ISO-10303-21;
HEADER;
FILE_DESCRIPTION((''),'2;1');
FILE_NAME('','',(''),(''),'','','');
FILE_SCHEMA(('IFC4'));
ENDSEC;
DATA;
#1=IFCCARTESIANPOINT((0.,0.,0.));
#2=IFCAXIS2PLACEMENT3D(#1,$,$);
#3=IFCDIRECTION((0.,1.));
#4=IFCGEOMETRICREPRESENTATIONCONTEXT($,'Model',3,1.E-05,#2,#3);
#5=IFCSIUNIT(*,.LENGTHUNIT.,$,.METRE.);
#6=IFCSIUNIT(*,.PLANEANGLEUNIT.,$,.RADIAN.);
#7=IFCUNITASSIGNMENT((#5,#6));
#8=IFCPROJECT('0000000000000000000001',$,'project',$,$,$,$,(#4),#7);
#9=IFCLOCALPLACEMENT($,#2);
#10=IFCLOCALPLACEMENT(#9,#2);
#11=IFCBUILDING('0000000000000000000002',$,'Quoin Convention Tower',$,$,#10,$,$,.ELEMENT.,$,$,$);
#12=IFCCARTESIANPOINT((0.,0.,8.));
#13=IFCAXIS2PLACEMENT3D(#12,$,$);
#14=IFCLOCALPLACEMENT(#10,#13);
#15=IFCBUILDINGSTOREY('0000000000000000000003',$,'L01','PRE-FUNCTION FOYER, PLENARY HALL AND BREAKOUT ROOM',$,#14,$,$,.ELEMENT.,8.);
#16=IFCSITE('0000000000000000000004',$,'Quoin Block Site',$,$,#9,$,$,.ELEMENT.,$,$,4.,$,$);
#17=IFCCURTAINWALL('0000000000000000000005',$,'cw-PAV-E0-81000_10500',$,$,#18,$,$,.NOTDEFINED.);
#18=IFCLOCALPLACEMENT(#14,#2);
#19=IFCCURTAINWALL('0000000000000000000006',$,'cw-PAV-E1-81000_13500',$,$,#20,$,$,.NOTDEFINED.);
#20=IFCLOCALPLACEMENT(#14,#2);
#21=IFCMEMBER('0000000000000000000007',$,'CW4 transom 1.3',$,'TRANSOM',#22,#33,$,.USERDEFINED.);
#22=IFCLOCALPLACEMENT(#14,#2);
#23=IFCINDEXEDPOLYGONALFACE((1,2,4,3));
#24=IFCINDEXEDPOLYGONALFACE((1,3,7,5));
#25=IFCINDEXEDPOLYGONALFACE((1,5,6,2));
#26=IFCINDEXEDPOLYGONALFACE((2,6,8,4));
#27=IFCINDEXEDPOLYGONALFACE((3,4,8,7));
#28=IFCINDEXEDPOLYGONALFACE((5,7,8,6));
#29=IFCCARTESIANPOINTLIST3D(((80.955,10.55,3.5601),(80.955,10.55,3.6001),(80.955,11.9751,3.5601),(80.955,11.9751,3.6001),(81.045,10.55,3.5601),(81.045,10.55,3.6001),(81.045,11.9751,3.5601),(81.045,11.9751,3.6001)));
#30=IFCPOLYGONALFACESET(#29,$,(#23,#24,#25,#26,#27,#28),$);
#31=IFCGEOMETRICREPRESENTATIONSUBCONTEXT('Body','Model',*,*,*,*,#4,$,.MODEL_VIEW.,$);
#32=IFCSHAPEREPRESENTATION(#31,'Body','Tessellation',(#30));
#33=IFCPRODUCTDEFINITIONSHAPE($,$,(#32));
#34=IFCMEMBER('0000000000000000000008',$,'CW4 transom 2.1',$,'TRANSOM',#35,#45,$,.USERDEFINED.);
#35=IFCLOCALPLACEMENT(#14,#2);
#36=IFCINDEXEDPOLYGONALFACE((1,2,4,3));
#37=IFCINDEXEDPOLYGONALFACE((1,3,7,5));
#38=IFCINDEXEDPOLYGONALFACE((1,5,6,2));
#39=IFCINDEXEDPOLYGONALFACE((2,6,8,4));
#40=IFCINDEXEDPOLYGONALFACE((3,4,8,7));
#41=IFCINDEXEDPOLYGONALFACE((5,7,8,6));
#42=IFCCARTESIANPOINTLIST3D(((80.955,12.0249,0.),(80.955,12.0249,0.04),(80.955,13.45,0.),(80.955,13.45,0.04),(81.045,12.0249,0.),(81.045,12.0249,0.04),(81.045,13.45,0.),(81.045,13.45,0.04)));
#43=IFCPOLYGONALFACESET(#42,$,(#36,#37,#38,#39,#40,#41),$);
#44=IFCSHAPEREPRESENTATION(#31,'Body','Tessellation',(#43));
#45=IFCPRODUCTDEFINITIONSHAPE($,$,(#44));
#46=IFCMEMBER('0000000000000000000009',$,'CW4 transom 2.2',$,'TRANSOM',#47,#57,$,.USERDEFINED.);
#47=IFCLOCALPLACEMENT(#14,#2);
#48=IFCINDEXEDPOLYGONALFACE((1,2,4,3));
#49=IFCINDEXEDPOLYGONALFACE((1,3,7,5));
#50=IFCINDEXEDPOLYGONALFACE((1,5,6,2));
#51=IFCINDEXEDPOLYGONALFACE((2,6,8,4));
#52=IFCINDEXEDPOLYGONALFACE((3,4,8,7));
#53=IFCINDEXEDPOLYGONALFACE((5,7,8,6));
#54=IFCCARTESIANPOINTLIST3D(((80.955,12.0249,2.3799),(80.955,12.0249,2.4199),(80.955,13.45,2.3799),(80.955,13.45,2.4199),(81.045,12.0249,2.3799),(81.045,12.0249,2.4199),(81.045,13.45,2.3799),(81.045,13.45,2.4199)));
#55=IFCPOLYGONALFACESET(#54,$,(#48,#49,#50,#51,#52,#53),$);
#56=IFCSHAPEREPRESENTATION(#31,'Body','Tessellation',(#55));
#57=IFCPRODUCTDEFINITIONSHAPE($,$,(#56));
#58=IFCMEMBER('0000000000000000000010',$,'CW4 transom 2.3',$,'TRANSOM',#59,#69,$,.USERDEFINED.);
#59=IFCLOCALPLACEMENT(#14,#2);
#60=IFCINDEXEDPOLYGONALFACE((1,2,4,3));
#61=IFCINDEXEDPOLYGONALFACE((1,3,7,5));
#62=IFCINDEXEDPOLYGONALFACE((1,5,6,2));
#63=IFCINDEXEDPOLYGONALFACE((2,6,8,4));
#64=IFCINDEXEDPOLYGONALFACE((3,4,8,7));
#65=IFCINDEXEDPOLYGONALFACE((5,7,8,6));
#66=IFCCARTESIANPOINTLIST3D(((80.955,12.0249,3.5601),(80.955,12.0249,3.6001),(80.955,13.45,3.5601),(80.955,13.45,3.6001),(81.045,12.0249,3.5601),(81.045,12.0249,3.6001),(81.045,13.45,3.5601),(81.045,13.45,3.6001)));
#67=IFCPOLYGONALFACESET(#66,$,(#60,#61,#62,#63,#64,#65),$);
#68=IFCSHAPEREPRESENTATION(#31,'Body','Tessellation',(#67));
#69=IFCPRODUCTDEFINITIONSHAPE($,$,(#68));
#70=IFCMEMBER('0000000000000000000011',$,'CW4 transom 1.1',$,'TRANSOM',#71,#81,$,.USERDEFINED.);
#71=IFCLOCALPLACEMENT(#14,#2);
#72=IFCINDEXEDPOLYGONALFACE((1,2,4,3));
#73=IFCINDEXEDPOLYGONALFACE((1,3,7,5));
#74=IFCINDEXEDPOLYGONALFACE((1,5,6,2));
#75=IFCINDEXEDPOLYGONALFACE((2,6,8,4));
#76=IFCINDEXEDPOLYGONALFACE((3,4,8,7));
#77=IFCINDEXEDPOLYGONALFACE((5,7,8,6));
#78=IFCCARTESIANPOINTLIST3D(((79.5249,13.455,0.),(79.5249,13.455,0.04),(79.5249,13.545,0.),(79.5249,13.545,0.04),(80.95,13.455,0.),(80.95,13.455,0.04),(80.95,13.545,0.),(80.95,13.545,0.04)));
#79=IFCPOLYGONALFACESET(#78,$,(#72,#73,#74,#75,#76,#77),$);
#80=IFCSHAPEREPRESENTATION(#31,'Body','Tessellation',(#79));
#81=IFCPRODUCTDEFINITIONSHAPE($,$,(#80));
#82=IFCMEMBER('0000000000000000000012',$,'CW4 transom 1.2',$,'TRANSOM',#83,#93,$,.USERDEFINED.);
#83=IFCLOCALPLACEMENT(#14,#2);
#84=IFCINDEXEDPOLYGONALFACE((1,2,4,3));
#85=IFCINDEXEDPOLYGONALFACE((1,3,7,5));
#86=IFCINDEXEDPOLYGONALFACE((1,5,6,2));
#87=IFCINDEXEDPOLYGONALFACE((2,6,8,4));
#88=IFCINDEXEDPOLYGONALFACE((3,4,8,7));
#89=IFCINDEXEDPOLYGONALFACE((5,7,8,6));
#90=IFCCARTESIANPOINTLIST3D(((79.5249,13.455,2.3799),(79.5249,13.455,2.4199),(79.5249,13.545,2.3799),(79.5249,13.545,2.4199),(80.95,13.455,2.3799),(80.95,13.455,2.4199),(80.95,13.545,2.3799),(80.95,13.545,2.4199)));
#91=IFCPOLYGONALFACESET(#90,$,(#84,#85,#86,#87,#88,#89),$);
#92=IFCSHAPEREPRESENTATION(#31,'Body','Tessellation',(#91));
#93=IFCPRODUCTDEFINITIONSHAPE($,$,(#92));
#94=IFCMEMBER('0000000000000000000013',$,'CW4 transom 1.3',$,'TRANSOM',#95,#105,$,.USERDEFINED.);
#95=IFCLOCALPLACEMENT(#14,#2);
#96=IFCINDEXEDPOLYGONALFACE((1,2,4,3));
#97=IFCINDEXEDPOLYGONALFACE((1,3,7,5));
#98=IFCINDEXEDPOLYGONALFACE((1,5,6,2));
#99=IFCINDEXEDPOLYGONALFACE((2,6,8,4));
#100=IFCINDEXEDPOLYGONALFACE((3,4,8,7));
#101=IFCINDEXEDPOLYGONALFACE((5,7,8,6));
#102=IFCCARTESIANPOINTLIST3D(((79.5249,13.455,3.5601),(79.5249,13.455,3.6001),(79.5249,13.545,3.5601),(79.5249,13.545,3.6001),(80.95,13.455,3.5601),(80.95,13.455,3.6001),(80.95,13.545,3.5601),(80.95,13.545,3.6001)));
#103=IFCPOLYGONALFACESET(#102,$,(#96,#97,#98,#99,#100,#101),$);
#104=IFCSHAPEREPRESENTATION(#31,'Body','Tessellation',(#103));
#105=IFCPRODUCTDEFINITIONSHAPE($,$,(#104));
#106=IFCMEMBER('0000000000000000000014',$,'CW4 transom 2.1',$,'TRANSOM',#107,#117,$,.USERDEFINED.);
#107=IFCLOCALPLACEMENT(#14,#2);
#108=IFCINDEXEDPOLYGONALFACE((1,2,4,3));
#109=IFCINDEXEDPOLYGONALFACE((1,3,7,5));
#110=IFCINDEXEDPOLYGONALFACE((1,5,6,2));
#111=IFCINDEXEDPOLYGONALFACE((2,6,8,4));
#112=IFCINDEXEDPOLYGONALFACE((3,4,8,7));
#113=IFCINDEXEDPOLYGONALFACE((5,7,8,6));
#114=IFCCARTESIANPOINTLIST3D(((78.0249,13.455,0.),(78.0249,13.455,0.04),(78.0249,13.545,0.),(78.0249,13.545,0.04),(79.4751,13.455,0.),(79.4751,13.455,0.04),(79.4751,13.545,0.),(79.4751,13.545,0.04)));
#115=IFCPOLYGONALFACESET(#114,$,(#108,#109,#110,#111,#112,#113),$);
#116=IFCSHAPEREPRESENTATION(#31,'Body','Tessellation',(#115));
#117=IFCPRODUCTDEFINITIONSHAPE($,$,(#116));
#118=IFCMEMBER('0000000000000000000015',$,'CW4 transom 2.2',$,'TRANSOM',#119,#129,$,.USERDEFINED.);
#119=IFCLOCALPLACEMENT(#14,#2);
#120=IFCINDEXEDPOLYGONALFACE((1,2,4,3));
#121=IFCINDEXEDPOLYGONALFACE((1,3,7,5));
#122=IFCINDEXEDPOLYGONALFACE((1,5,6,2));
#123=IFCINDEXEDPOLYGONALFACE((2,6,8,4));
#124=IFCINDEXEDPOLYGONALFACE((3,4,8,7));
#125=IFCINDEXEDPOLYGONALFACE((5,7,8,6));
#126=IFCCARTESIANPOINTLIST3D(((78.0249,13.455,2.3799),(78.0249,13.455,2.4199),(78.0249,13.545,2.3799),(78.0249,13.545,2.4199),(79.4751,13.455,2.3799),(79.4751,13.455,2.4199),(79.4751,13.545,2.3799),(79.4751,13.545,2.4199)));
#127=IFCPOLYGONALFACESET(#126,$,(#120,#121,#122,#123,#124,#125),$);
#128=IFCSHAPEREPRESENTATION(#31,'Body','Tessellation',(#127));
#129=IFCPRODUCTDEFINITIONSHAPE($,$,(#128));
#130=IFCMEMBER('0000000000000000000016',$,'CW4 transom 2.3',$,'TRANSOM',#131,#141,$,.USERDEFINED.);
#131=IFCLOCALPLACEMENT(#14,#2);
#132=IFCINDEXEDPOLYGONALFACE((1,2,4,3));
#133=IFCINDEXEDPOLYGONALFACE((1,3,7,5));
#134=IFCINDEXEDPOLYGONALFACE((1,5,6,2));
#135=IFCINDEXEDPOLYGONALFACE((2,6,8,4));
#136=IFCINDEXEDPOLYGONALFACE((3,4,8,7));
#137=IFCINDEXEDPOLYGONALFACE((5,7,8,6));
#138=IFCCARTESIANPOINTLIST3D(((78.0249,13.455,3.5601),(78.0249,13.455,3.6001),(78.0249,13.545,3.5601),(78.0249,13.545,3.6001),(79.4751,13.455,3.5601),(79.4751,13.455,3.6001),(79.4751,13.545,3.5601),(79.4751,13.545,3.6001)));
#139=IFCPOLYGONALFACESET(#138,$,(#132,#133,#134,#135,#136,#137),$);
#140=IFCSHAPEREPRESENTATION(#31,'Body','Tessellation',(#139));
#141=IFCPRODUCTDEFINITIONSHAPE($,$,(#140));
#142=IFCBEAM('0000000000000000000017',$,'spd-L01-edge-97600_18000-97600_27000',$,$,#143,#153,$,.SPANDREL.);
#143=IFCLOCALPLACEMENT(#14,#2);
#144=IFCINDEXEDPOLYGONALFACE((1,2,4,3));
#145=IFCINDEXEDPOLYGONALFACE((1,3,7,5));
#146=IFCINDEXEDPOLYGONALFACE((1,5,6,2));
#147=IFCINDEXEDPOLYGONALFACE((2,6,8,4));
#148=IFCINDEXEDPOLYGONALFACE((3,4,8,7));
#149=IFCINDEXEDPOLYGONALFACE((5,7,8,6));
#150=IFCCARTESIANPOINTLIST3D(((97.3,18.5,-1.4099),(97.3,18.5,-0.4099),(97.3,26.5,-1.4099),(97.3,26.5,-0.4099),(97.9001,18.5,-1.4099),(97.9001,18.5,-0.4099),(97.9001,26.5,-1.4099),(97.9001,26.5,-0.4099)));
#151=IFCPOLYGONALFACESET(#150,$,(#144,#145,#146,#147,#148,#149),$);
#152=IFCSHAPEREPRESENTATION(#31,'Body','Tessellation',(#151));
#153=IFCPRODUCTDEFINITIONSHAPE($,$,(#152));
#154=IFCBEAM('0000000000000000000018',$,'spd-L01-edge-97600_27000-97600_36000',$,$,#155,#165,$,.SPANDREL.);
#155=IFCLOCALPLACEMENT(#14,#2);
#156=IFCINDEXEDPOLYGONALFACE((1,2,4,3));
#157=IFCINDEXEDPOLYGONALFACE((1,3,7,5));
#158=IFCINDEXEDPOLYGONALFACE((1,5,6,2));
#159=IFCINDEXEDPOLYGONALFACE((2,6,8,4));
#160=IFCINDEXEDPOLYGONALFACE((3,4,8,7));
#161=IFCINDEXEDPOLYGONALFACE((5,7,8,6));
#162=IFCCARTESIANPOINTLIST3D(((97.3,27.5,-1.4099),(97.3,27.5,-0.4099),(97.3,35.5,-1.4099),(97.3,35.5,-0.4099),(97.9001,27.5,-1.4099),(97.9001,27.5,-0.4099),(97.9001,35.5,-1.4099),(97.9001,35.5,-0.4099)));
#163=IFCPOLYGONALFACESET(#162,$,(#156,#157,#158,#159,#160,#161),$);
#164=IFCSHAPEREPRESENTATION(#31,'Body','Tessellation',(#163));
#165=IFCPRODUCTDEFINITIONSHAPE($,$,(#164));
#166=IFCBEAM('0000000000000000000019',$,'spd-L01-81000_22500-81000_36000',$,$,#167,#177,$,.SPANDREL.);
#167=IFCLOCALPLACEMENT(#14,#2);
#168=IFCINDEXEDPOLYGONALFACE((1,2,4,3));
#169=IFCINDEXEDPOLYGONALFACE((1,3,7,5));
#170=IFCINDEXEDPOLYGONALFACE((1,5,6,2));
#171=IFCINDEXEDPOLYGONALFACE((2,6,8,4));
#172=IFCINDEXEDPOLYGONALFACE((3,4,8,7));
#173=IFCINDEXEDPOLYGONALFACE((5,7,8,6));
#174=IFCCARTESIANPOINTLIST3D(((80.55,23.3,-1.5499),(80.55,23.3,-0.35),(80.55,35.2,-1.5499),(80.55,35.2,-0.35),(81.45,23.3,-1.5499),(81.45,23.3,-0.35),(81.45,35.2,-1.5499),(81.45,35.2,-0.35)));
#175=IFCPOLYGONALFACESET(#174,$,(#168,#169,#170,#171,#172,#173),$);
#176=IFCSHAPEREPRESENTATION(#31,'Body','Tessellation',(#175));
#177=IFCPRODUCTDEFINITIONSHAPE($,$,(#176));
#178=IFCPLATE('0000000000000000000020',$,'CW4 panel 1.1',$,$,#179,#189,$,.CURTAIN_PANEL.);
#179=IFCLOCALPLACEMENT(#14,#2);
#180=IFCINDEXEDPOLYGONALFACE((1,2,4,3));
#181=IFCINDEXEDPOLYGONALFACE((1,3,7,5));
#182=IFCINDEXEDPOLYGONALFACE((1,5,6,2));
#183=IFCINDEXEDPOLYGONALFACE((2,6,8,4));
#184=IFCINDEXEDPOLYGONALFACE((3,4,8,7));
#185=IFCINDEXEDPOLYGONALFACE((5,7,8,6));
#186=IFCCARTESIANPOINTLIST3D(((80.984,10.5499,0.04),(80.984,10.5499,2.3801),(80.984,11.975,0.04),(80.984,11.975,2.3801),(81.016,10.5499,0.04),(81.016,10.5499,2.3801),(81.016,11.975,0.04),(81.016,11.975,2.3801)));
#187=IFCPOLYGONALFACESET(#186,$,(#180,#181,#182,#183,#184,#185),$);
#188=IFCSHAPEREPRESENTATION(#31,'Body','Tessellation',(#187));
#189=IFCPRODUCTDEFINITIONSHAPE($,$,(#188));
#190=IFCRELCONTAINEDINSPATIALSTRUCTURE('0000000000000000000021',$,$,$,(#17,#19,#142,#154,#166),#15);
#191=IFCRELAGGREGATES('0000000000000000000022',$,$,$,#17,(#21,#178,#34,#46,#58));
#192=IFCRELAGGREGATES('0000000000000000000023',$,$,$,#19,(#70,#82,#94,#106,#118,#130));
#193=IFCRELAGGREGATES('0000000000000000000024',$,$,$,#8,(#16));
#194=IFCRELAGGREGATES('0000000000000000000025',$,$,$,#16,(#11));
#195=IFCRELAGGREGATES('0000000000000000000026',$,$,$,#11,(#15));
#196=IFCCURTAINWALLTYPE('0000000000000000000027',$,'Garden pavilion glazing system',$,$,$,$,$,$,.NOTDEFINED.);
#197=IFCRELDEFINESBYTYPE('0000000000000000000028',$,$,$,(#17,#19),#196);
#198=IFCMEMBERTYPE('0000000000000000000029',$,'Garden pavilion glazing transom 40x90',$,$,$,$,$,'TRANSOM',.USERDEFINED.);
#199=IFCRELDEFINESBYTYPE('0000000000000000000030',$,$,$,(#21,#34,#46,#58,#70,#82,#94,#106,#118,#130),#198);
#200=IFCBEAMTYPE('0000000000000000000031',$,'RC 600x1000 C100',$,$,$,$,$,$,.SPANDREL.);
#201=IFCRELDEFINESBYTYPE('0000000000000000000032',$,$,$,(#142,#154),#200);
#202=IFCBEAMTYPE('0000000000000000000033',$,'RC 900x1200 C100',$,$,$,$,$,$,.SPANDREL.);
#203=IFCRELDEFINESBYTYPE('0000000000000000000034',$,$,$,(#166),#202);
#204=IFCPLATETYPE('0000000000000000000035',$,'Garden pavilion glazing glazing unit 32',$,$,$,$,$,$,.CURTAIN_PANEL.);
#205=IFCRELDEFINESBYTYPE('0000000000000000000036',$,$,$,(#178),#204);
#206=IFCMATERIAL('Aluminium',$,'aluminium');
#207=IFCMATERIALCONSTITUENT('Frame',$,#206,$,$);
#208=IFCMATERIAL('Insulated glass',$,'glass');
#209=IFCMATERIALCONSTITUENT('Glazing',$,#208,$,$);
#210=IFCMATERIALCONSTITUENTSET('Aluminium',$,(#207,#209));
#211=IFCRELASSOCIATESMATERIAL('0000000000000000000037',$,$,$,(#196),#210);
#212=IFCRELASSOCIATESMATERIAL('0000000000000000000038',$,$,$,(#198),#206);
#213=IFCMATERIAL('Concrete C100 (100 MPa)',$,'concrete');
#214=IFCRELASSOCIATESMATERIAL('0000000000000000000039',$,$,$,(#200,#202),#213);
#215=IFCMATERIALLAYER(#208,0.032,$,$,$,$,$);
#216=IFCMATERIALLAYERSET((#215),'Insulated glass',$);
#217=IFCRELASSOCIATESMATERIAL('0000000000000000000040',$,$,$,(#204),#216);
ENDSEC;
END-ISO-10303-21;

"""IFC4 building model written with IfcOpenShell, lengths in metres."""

from ifc_helpers import new_model, si_unit, direction, frame, origin, origin_2d, place, context, subcontext, project, spatial, rectangle, extrude, material, layer, layer_set, constituent, constituent_set, material_profile, profile_set, type_object, element, aggregate, save


model = new_model("IFC4")

# Units and contexts
model_context = context("Model", 3, precision=1e-05, world=origin(), true_north=direction((0.0, 1.0)))
body_context = subcontext(model_context, "Body", "Model", "MODEL_VIEW")
ifc_project = project(units=[si_unit("LENGTHUNIT", "METRE"), si_unit("PLANEANGLEUNIT", "RADIAN")], contexts=[model_context])

# Site, building, storey
site_placement = place(None, origin())
site = spatial("IfcSite", under=ifc_project, at=site_placement, Name="Quoin Block Site", CompositionType="ELEMENT", RefElevation=4.0)
building_placement = place(site_placement, origin())
building = spatial("IfcBuilding", under=site, at=building_placement, Name="Quoin Convention Tower", CompositionType="ELEMENT")
storey_placement = place(building_placement, frame((0.0, 0.0, 8.0)))
storey = spatial("IfcBuildingStorey", under=building, at=storey_placement, Name="L01", Description="PRE-FUNCTION FOYER, PLENARY HALL AND BREAKOUT ROOM", CompositionType="ELEMENT", Elevation=8.0)

# Shared definitions
ifc_material_1 = material(Name="Concrete C100 (100 MPa)", Category="concrete")

# Curtain walls
ifc_material_2 = material(Name="Aluminium", Category="aluminium")
ifc_constituent_1 = constituent(ifc_material_2, Name="Frame")
ifc_material_3 = material(Name="Insulated glass", Category="glass")
ifc_constituent_2 = constituent(ifc_material_3, Name="Glazing")
ifc_constituent_set_1 = constituent_set(constituents=[ifc_constituent_1, ifc_constituent_2], Name="Aluminium")
curtain_wall_type = type_object("IfcCurtainWallType", Name="Garden pavilion glazing system", PredefinedType="NOTDEFINED", material=ifc_constituent_set_1)
curtain_wall_1_placement = place(storey_placement, origin())
curtain_wall_1 = element("IfcCurtainWall", 1, at=curtain_wall_1_placement, inside=storey, type_object=curtain_wall_type, Name="cw-PAV-E0-81000_10500", PredefinedType="NOTDEFINED")
curtain_wall_2_placement = place(storey_placement, origin())
curtain_wall_2 = element("IfcCurtainWall", 2, at=curtain_wall_2_placement, inside=storey, type_object=curtain_wall_type, Name="cw-PAV-E1-81000_13500", PredefinedType="NOTDEFINED")

# Members
ifc_material_profile_1 = material_profile(ifc_material_2, rectangle(XDim=0.0901, YDim=0.04, at=origin_2d()), Name="Garden pavilion glazing transom 40x90")
ifc_profile_set_1 = profile_set([ifc_material_profile_1], Name="Aluminium")
member_type_1 = type_object("IfcMemberType", Name="Garden pavilion glazing transom 40x90", ElementType="TRANSOM", PredefinedType="USERDEFINED", material=ifc_profile_set_1)
member_1_placement = place(storey_placement, frame((81.0, 10.55, 3.5801), z_axis=(0.0, 1.0, 0.0), x_axis=(-1.0, 0.0, 0.0)))
member_1 = element("IfcMember", 3, at=member_1_placement, type_object=member_type_1, Name="CW4 transom 1.3", ObjectType="TRANSOM", PredefinedType="USERDEFINED", context=body_context, shape_type="SweptSolid", body=[
    extrude(rectangle(XDim=0.0901, YDim=0.04, at=origin_2d()), origin(), (0.0, 0.0, 1.0), 1.425),
])
member_2_placement = place(storey_placement, frame((81.0, 12.0249, 0.02), z_axis=(0.0, 1.0, 0.0), x_axis=(-1.0, 0.0, 0.0)))
member_2 = element("IfcMember", 4, at=member_2_placement, type_object=member_type_1, Name="CW4 transom 2.1", ObjectType="TRANSOM", PredefinedType="USERDEFINED", context=body_context, shape_type="SweptSolid", body=[
    extrude(rectangle(XDim=0.0901, YDim=0.04, at=origin_2d()), origin(), (0.0, 0.0, 1.0), 1.425),
])
member_3_placement = place(storey_placement, frame((81.0, 12.0249, 2.3999), z_axis=(0.0, 1.0, 0.0), x_axis=(-1.0, 0.0, 0.0)))
member_3 = element("IfcMember", 5, at=member_3_placement, type_object=member_type_1, Name="CW4 transom 2.2", ObjectType="TRANSOM", PredefinedType="USERDEFINED", context=body_context, shape_type="SweptSolid", body=[
    extrude(rectangle(XDim=0.0901, YDim=0.04, at=origin_2d()), origin(), (0.0, 0.0, 1.0), 1.425),
])
member_4_placement = place(storey_placement, frame((81.0, 12.0249, 3.5801), z_axis=(0.0, 1.0, 0.0), x_axis=(-1.0, 0.0, 0.0)))
member_4 = element("IfcMember", 6, at=member_4_placement, type_object=member_type_1, Name="CW4 transom 2.3", ObjectType="TRANSOM", PredefinedType="USERDEFINED", context=body_context, shape_type="SweptSolid", body=[
    extrude(rectangle(XDim=0.0901, YDim=0.04, at=origin_2d()), origin(), (0.0, 0.0, 1.0), 1.425),
])
member_5_placement = place(storey_placement, frame((80.95, 13.5, 0.02), z_axis=(-1.0, 0.0, 0.0), x_axis=(0.0, -1.0, 0.0)))
member_5 = element("IfcMember", 7, at=member_5_placement, type_object=member_type_1, Name="CW4 transom 1.1", ObjectType="TRANSOM", PredefinedType="USERDEFINED", context=body_context, shape_type="SweptSolid", body=[
    extrude(rectangle(XDim=0.0901, YDim=0.04, at=origin_2d()), origin(), (0.0, 0.0, 1.0), 1.425),
])
member_6_placement = place(storey_placement, frame((80.95, 13.5, 2.3999), z_axis=(-1.0, 0.0, 0.0), x_axis=(0.0, -1.0, 0.0)))
member_6 = element("IfcMember", 8, at=member_6_placement, type_object=member_type_1, Name="CW4 transom 1.2", ObjectType="TRANSOM", PredefinedType="USERDEFINED", context=body_context, shape_type="SweptSolid", body=[
    extrude(rectangle(XDim=0.0901, YDim=0.04, at=origin_2d()), origin(), (0.0, 0.0, 1.0), 1.425),
])
member_7_placement = place(storey_placement, frame((80.95, 13.5, 3.5801), z_axis=(-1.0, 0.0, 0.0), x_axis=(0.0, -1.0, 0.0)))
member_7 = element("IfcMember", 9, at=member_7_placement, type_object=member_type_1, Name="CW4 transom 1.3", ObjectType="TRANSOM", PredefinedType="USERDEFINED", context=body_context, shape_type="SweptSolid", body=[
    extrude(rectangle(XDim=0.0901, YDim=0.04, at=origin_2d()), origin(), (0.0, 0.0, 1.0), 1.425),
])
member_8_placement = place(storey_placement, frame((79.4751, 13.5, 0.02), z_axis=(-1.0, 0.0, 0.0), x_axis=(0.0, -1.0, 0.0)))
member_8 = element("IfcMember", 10, at=member_8_placement, type_object=member_type_1, Name="CW4 transom 2.1", ObjectType="TRANSOM", PredefinedType="USERDEFINED", context=body_context, shape_type="SweptSolid", body=[
    extrude(rectangle(XDim=0.0901, YDim=0.04, at=origin_2d()), origin(), (0.0, 0.0, 1.0), 1.4502),
])
member_9_placement = place(storey_placement, frame((79.4751, 13.5, 2.3999), z_axis=(-1.0, 0.0, 0.0), x_axis=(0.0, -1.0, 0.0)))
member_9 = element("IfcMember", 11, at=member_9_placement, type_object=member_type_1, Name="CW4 transom 2.2", ObjectType="TRANSOM", PredefinedType="USERDEFINED", context=body_context, shape_type="SweptSolid", body=[
    extrude(rectangle(XDim=0.0901, YDim=0.04, at=origin_2d()), origin(), (0.0, 0.0, 1.0), 1.4502),
])
member_10_placement = place(storey_placement, frame((79.4751, 13.5, 3.5801), z_axis=(-1.0, 0.0, 0.0), x_axis=(0.0, -1.0, 0.0)))
member_10 = element("IfcMember", 12, at=member_10_placement, type_object=member_type_1, Name="CW4 transom 2.3", ObjectType="TRANSOM", PredefinedType="USERDEFINED", context=body_context, shape_type="SweptSolid", body=[
    extrude(rectangle(XDim=0.0901, YDim=0.04, at=origin_2d()), origin(), (0.0, 0.0, 1.0), 1.4502),
])

# Beams
ifc_material_profile_2 = material_profile(ifc_material_1, rectangle(XDim=0.6001, YDim=1.0, at=origin_2d()), Name="RC 600x1000")
ifc_profile_set_2 = profile_set([ifc_material_profile_2], Name="Concrete C100 (100 MPa)")
beam_type_1 = type_object("IfcBeamType", Name="RC 600x1000 C100", PredefinedType="SPANDREL", material=ifc_profile_set_2)
for number, where, z_axis, x_axis, name in (
    (13, (97.6001, 18.5, -0.9099), (0.0, 1.0, 0.0), (-1.0, 0.0, 0.0), "spd-L01-edge-97600_18000-97600_27000"),
    (14, (97.6001, 27.5, -0.9099), (0.0, 1.0, 0.0), (-1.0, 0.0, 0.0), "spd-L01-edge-97600_27000-97600_36000"),
):
    element("IfcBeam", number, at=place(storey_placement, frame(where, z_axis=z_axis, x_axis=x_axis)), inside=storey, type_object=beam_type_1, Name=name, PredefinedType="SPANDREL", context=body_context, shape_type="SweptSolid", body=[
        extrude(rectangle(XDim=0.6001, YDim=1.0, at=origin_2d()), origin(), (0.0, 0.0, 1.0), 8.0),
    ])
ifc_material_profile_3 = material_profile(ifc_material_1, rectangle(XDim=0.8999, YDim=1.2, at=origin_2d()), Name="RC 900x1200")
ifc_profile_set_3 = profile_set([ifc_material_profile_3], Name="Concrete C100 (100 MPa)")
beam_type_2 = type_object("IfcBeamType", Name="RC 900x1200 C100", PredefinedType="SPANDREL", material=ifc_profile_set_3)
beam_1_placement = place(storey_placement, frame((81.0, 23.3, -0.95), z_axis=(0.0, 1.0, 0.0), x_axis=(-1.0, 0.0, 0.0)))
element("IfcBeam", 15, at=beam_1_placement, inside=storey, type_object=beam_type_2, Name="spd-L01-81000_22500-81000_36000", PredefinedType="SPANDREL", context=body_context, shape_type="SweptSolid", body=[
    extrude(rectangle(XDim=0.8999, YDim=1.2, at=origin_2d()), origin(), (0.0, 0.0, 1.0), 11.8999),
])

# Plate
ifc_layer_1 = layer(ifc_material_3, 0.032)
ifc_layer_set_1 = layer_set([ifc_layer_1], Name="Insulated glass")
plate_type = type_object("IfcPlateType", Name="Garden pavilion glazing glazing unit 32", PredefinedType="CURTAIN_PANEL", material=ifc_layer_set_1)
plate_1_placement = place(storey_placement, frame((81.0, 11.2625, 0.04), z_axis=(0.0, 0.0, 1.0), x_axis=(0.0, 1.0, 0.0)))
plate_1 = element("IfcPlate", 16, at=plate_1_placement, type_object=plate_type, Name="CW4 panel 1.1", PredefinedType="CURTAIN_PANEL", context=body_context, shape_type="SweptSolid", body=[
    extrude(rectangle(XDim=1.425, YDim=0.032, at=origin_2d()), origin(), (0.0, 0.0, 1.0), 2.3401),
])
aggregate(curtain_wall_1, [member_1, plate_1, member_2, member_3, member_4])
aggregate(curtain_wall_2, [member_5, member_6, member_7, member_8, member_9, member_10])

save(model, "model.ifc")
